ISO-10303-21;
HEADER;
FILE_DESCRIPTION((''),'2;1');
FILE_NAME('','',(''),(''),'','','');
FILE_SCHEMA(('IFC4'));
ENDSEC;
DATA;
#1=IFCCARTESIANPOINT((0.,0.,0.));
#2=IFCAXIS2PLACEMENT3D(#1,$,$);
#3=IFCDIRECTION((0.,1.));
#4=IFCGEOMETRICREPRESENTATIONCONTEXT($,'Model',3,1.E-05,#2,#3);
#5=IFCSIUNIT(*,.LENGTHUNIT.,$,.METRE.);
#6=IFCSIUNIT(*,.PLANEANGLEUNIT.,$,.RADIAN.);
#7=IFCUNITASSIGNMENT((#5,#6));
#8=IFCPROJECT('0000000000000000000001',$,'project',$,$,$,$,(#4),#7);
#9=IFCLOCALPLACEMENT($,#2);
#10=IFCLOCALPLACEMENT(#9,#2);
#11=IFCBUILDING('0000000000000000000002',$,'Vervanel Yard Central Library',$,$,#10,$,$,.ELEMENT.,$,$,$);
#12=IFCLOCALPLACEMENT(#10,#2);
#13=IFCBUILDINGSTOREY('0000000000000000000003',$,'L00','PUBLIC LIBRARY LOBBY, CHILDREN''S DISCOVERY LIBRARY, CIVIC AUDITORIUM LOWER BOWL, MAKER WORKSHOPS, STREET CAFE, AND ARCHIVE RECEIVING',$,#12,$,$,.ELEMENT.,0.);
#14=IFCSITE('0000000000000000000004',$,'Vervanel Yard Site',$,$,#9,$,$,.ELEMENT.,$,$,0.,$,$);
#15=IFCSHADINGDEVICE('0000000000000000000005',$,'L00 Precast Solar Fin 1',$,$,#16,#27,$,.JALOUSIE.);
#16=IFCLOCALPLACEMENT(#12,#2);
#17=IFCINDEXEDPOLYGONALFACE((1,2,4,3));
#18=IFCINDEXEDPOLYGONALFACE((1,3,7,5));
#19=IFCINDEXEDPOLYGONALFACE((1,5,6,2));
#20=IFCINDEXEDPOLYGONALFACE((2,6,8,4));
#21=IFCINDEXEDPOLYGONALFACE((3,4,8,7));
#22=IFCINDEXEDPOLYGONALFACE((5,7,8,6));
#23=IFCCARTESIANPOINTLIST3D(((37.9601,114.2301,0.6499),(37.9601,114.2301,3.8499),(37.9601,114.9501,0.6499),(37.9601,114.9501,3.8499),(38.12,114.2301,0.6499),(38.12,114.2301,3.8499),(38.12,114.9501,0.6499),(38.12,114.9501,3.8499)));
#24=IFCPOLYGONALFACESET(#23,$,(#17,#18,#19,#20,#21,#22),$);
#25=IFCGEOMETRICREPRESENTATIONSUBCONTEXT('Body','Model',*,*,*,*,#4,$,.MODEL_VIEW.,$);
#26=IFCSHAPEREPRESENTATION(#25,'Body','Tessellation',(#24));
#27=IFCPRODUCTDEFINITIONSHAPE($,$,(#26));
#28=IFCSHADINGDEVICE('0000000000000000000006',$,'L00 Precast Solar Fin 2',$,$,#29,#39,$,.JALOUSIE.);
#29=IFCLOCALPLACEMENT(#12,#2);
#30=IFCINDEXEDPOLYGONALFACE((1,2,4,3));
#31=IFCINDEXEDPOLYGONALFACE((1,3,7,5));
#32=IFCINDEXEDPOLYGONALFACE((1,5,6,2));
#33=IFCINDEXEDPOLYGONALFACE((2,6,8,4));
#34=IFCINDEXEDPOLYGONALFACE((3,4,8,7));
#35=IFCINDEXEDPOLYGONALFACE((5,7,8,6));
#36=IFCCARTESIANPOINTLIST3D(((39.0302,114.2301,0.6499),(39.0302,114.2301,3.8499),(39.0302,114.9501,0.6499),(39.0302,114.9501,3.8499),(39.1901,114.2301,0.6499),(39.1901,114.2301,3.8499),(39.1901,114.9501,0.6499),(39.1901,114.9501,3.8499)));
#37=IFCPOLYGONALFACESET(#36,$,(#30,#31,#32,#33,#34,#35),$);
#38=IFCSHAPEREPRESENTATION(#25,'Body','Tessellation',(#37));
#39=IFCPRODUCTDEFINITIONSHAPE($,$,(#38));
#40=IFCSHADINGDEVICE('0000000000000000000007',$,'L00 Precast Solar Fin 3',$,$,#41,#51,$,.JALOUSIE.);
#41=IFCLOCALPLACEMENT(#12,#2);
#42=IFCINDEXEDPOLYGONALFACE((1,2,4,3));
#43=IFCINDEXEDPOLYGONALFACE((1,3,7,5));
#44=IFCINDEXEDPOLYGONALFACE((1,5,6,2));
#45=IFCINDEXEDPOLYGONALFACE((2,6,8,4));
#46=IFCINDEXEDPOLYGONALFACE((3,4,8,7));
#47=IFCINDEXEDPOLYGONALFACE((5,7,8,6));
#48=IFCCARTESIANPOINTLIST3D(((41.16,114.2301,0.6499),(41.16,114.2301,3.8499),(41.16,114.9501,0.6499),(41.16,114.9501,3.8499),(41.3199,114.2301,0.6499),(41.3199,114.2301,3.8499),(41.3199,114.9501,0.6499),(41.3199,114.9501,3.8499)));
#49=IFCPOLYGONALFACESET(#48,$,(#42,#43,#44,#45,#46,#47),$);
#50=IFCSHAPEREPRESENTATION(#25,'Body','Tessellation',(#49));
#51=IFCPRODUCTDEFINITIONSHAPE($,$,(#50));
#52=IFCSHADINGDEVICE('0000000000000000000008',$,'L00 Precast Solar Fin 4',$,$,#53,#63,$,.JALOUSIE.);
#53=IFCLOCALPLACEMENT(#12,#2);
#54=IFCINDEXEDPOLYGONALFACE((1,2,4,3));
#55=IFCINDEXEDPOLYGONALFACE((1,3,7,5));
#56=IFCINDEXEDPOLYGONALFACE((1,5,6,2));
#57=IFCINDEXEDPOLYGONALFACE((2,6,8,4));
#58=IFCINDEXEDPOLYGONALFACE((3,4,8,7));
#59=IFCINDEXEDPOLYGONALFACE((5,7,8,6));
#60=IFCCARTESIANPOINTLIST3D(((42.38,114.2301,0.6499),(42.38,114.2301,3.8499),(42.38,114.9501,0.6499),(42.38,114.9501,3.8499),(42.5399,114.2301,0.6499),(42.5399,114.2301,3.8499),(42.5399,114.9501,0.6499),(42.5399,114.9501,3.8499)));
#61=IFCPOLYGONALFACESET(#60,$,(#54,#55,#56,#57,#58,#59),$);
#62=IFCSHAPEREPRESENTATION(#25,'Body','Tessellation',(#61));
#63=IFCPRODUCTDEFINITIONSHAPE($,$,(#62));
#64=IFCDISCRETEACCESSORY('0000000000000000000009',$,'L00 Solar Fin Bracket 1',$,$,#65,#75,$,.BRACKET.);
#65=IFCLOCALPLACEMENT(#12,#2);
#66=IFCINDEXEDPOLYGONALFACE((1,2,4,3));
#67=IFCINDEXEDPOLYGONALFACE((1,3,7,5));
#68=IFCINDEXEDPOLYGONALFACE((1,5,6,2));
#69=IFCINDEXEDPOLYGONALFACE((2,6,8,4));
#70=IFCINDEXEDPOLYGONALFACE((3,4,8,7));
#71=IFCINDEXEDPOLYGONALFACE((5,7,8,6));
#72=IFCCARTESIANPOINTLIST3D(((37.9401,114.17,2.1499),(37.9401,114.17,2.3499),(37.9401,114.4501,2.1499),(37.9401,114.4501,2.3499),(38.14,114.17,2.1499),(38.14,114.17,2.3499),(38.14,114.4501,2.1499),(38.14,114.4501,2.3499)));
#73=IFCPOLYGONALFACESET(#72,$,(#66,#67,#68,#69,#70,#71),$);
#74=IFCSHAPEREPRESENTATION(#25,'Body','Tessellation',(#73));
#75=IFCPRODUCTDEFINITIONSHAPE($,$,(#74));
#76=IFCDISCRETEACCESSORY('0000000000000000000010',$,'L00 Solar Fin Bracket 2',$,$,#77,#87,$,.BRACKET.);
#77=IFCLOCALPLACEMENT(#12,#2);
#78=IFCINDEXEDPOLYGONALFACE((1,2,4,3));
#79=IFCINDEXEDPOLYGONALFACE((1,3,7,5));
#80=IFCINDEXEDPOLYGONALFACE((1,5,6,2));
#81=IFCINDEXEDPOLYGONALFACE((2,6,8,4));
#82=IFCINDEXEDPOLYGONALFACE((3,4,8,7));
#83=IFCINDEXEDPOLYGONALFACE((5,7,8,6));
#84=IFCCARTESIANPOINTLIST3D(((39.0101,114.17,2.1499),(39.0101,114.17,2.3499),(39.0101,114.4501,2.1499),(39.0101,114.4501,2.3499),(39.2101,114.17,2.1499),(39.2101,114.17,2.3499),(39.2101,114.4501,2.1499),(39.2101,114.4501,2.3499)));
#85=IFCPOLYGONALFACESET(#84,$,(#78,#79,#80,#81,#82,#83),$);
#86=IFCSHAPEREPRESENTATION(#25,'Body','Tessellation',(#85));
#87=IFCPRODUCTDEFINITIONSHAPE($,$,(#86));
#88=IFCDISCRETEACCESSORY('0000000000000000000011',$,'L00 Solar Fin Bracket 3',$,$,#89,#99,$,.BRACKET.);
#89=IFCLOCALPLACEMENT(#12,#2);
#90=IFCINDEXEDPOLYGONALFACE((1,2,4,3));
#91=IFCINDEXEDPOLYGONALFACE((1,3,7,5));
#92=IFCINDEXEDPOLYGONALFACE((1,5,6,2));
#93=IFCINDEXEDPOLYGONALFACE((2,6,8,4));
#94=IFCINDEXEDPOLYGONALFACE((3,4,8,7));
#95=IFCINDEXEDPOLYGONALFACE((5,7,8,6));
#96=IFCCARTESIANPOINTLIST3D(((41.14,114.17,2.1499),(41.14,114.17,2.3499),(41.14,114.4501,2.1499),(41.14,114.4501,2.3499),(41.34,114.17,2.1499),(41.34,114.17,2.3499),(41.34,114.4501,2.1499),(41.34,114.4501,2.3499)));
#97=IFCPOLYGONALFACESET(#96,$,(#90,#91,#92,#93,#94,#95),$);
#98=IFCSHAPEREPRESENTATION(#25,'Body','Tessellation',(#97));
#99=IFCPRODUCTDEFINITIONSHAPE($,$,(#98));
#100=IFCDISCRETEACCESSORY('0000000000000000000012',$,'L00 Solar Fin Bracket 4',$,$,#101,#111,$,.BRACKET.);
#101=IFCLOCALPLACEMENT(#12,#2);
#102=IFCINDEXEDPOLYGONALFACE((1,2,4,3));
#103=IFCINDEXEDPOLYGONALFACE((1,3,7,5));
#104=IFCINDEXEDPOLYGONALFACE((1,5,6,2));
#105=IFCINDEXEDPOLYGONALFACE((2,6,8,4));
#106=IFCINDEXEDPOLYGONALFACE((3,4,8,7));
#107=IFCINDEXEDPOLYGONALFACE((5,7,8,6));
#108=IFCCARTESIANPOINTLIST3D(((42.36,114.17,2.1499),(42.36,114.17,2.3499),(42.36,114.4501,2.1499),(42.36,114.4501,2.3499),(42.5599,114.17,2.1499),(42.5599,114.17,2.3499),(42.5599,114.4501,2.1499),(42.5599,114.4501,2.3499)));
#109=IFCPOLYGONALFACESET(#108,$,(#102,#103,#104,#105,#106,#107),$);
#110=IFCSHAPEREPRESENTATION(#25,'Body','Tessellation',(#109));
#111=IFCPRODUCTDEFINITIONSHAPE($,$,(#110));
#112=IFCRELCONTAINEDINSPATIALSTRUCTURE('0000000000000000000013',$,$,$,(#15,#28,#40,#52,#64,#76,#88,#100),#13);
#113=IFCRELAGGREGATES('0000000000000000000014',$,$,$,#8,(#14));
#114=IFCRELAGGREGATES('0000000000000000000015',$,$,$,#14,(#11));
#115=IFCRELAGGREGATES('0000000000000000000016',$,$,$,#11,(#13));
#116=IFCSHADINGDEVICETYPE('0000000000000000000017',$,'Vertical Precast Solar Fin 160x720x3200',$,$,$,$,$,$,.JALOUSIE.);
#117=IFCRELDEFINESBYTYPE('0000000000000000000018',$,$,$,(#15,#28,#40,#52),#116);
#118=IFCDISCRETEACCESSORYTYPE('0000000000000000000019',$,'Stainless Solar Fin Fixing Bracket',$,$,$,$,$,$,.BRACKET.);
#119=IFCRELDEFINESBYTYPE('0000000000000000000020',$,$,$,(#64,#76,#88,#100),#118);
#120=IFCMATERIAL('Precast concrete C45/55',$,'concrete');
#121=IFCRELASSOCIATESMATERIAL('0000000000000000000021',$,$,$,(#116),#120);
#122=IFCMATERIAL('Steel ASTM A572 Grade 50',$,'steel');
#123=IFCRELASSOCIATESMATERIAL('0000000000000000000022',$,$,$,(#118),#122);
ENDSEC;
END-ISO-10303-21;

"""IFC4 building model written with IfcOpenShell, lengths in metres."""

from ifc_helpers import new_model, si_unit, direction, frame, origin, origin_2d, place, context, subcontext, project, spatial, rectangle, extrude, material, type_object, element, save


model = new_model("IFC4")

# Units and contexts
model_context = context("Model", 3, precision=1e-05, world=origin(), true_north=direction((0.0, 1.0)))
body_context = subcontext(model_context, "Body", "Model", "MODEL_VIEW")
ifc_project = project(units=[si_unit("LENGTHUNIT", "METRE"), si_unit("PLANEANGLEUNIT", "RADIAN")], contexts=[model_context])

# Site, building, storey
site_placement = place(None, origin())
site = spatial("IfcSite", under=ifc_project, at=site_placement, Name="Vervanel Yard Site", CompositionType="ELEMENT", RefElevation=0.0)
building_placement = place(site_placement, origin())
building = spatial("IfcBuilding", under=site, at=building_placement, Name="Vervanel Yard Central Library", CompositionType="ELEMENT")
storey_placement = place(building_placement, origin())
storey = spatial("IfcBuildingStorey", under=building, at=storey_placement, Name="L00", Description="PUBLIC LIBRARY LOBBY, CHILDREN'S DISCOVERY LIBRARY, CIVIC AUDITORIUM LOWER BOWL, MAKER WORKSHOPS, STREET CAFE, AND ARCHIVE RECEIVING", CompositionType="ELEMENT", Elevation=0.0)

# Shared definitions
ifc_material_1 = material(Name="Precast concrete C45/55", Category="concrete")

# Shading devices
shading_device_type = type_object("IfcShadingDeviceType", Name="Vertical Precast Solar Fin 160x720x3200", PredefinedType="JALOUSIE", material=ifc_material_1)
for number, where, z_axis, x_axis, name in (
    (1, (38.04, 114.5901, 0.6499), (0.0, 0.0, 1.0), (1.0, 0.0, 0.0), "L00 Precast Solar Fin 1"),
    (2, (39.1101, 114.5901, 0.6499), (0.0, 0.0, 1.0), (1.0, 0.0, 0.0), "L00 Precast Solar Fin 2"),
    (3, (41.24, 114.5901, 0.6499), (0.0, 0.0, 1.0), (1.0, 0.0, 0.0), "L00 Precast Solar Fin 3"),
    (4, (42.46, 114.5901, 0.6499), (0.0, 0.0, 1.0), (1.0, 0.0, 0.0), "L00 Precast Solar Fin 4"),
):
    element("IfcShadingDevice", number, at=place(storey_placement, frame(where, z_axis=z_axis, x_axis=x_axis)), inside=storey, type_object=shading_device_type, Name=name, PredefinedType="JALOUSIE", context=body_context, shape_type="SweptSolid", body=[
        extrude(rectangle(XDim=0.1599, YDim=0.72, at=origin_2d()), origin(), (0.0, 0.0, 1.0), 3.2),
    ])

# Discrete accessories
ifc_material_2 = material(Name="Steel ASTM A572 Grade 50", Category="steel")
discrete_accessory_type = type_object("IfcDiscreteAccessoryType", Name="Stainless Solar Fin Fixing Bracket", PredefinedType="BRACKET", material=ifc_material_2)
for number, where, z_axis, x_axis, name in (
    (5, (38.04, 114.3101, 2.1499), (0.0, 0.0, 1.0), (1.0, 0.0, 0.0), "L00 Solar Fin Bracket 1"),
    (6, (39.1101, 114.3101, 2.1499), (0.0, 0.0, 1.0), (1.0, 0.0, 0.0), "L00 Solar Fin Bracket 2"),
    (7, (41.24, 114.3101, 2.1499), (0.0, 0.0, 1.0), (1.0, 0.0, 0.0), "L00 Solar Fin Bracket 3"),
    (8, (42.46, 114.3101, 2.1499), (0.0, 0.0, 1.0), (1.0, 0.0, 0.0), "L00 Solar Fin Bracket 4"),
):
    element("IfcDiscreteAccessory", number, at=place(storey_placement, frame(where, z_axis=z_axis, x_axis=x_axis)), inside=storey, type_object=discrete_accessory_type, Name=name, PredefinedType="BRACKET", context=body_context, shape_type="SweptSolid", body=[
        extrude(rectangle(XDim=0.2, YDim=0.28, at=origin_2d()), origin(), (0.0, 0.0, 1.0), 0.2),
    ])

save(model, "model.ifc")
